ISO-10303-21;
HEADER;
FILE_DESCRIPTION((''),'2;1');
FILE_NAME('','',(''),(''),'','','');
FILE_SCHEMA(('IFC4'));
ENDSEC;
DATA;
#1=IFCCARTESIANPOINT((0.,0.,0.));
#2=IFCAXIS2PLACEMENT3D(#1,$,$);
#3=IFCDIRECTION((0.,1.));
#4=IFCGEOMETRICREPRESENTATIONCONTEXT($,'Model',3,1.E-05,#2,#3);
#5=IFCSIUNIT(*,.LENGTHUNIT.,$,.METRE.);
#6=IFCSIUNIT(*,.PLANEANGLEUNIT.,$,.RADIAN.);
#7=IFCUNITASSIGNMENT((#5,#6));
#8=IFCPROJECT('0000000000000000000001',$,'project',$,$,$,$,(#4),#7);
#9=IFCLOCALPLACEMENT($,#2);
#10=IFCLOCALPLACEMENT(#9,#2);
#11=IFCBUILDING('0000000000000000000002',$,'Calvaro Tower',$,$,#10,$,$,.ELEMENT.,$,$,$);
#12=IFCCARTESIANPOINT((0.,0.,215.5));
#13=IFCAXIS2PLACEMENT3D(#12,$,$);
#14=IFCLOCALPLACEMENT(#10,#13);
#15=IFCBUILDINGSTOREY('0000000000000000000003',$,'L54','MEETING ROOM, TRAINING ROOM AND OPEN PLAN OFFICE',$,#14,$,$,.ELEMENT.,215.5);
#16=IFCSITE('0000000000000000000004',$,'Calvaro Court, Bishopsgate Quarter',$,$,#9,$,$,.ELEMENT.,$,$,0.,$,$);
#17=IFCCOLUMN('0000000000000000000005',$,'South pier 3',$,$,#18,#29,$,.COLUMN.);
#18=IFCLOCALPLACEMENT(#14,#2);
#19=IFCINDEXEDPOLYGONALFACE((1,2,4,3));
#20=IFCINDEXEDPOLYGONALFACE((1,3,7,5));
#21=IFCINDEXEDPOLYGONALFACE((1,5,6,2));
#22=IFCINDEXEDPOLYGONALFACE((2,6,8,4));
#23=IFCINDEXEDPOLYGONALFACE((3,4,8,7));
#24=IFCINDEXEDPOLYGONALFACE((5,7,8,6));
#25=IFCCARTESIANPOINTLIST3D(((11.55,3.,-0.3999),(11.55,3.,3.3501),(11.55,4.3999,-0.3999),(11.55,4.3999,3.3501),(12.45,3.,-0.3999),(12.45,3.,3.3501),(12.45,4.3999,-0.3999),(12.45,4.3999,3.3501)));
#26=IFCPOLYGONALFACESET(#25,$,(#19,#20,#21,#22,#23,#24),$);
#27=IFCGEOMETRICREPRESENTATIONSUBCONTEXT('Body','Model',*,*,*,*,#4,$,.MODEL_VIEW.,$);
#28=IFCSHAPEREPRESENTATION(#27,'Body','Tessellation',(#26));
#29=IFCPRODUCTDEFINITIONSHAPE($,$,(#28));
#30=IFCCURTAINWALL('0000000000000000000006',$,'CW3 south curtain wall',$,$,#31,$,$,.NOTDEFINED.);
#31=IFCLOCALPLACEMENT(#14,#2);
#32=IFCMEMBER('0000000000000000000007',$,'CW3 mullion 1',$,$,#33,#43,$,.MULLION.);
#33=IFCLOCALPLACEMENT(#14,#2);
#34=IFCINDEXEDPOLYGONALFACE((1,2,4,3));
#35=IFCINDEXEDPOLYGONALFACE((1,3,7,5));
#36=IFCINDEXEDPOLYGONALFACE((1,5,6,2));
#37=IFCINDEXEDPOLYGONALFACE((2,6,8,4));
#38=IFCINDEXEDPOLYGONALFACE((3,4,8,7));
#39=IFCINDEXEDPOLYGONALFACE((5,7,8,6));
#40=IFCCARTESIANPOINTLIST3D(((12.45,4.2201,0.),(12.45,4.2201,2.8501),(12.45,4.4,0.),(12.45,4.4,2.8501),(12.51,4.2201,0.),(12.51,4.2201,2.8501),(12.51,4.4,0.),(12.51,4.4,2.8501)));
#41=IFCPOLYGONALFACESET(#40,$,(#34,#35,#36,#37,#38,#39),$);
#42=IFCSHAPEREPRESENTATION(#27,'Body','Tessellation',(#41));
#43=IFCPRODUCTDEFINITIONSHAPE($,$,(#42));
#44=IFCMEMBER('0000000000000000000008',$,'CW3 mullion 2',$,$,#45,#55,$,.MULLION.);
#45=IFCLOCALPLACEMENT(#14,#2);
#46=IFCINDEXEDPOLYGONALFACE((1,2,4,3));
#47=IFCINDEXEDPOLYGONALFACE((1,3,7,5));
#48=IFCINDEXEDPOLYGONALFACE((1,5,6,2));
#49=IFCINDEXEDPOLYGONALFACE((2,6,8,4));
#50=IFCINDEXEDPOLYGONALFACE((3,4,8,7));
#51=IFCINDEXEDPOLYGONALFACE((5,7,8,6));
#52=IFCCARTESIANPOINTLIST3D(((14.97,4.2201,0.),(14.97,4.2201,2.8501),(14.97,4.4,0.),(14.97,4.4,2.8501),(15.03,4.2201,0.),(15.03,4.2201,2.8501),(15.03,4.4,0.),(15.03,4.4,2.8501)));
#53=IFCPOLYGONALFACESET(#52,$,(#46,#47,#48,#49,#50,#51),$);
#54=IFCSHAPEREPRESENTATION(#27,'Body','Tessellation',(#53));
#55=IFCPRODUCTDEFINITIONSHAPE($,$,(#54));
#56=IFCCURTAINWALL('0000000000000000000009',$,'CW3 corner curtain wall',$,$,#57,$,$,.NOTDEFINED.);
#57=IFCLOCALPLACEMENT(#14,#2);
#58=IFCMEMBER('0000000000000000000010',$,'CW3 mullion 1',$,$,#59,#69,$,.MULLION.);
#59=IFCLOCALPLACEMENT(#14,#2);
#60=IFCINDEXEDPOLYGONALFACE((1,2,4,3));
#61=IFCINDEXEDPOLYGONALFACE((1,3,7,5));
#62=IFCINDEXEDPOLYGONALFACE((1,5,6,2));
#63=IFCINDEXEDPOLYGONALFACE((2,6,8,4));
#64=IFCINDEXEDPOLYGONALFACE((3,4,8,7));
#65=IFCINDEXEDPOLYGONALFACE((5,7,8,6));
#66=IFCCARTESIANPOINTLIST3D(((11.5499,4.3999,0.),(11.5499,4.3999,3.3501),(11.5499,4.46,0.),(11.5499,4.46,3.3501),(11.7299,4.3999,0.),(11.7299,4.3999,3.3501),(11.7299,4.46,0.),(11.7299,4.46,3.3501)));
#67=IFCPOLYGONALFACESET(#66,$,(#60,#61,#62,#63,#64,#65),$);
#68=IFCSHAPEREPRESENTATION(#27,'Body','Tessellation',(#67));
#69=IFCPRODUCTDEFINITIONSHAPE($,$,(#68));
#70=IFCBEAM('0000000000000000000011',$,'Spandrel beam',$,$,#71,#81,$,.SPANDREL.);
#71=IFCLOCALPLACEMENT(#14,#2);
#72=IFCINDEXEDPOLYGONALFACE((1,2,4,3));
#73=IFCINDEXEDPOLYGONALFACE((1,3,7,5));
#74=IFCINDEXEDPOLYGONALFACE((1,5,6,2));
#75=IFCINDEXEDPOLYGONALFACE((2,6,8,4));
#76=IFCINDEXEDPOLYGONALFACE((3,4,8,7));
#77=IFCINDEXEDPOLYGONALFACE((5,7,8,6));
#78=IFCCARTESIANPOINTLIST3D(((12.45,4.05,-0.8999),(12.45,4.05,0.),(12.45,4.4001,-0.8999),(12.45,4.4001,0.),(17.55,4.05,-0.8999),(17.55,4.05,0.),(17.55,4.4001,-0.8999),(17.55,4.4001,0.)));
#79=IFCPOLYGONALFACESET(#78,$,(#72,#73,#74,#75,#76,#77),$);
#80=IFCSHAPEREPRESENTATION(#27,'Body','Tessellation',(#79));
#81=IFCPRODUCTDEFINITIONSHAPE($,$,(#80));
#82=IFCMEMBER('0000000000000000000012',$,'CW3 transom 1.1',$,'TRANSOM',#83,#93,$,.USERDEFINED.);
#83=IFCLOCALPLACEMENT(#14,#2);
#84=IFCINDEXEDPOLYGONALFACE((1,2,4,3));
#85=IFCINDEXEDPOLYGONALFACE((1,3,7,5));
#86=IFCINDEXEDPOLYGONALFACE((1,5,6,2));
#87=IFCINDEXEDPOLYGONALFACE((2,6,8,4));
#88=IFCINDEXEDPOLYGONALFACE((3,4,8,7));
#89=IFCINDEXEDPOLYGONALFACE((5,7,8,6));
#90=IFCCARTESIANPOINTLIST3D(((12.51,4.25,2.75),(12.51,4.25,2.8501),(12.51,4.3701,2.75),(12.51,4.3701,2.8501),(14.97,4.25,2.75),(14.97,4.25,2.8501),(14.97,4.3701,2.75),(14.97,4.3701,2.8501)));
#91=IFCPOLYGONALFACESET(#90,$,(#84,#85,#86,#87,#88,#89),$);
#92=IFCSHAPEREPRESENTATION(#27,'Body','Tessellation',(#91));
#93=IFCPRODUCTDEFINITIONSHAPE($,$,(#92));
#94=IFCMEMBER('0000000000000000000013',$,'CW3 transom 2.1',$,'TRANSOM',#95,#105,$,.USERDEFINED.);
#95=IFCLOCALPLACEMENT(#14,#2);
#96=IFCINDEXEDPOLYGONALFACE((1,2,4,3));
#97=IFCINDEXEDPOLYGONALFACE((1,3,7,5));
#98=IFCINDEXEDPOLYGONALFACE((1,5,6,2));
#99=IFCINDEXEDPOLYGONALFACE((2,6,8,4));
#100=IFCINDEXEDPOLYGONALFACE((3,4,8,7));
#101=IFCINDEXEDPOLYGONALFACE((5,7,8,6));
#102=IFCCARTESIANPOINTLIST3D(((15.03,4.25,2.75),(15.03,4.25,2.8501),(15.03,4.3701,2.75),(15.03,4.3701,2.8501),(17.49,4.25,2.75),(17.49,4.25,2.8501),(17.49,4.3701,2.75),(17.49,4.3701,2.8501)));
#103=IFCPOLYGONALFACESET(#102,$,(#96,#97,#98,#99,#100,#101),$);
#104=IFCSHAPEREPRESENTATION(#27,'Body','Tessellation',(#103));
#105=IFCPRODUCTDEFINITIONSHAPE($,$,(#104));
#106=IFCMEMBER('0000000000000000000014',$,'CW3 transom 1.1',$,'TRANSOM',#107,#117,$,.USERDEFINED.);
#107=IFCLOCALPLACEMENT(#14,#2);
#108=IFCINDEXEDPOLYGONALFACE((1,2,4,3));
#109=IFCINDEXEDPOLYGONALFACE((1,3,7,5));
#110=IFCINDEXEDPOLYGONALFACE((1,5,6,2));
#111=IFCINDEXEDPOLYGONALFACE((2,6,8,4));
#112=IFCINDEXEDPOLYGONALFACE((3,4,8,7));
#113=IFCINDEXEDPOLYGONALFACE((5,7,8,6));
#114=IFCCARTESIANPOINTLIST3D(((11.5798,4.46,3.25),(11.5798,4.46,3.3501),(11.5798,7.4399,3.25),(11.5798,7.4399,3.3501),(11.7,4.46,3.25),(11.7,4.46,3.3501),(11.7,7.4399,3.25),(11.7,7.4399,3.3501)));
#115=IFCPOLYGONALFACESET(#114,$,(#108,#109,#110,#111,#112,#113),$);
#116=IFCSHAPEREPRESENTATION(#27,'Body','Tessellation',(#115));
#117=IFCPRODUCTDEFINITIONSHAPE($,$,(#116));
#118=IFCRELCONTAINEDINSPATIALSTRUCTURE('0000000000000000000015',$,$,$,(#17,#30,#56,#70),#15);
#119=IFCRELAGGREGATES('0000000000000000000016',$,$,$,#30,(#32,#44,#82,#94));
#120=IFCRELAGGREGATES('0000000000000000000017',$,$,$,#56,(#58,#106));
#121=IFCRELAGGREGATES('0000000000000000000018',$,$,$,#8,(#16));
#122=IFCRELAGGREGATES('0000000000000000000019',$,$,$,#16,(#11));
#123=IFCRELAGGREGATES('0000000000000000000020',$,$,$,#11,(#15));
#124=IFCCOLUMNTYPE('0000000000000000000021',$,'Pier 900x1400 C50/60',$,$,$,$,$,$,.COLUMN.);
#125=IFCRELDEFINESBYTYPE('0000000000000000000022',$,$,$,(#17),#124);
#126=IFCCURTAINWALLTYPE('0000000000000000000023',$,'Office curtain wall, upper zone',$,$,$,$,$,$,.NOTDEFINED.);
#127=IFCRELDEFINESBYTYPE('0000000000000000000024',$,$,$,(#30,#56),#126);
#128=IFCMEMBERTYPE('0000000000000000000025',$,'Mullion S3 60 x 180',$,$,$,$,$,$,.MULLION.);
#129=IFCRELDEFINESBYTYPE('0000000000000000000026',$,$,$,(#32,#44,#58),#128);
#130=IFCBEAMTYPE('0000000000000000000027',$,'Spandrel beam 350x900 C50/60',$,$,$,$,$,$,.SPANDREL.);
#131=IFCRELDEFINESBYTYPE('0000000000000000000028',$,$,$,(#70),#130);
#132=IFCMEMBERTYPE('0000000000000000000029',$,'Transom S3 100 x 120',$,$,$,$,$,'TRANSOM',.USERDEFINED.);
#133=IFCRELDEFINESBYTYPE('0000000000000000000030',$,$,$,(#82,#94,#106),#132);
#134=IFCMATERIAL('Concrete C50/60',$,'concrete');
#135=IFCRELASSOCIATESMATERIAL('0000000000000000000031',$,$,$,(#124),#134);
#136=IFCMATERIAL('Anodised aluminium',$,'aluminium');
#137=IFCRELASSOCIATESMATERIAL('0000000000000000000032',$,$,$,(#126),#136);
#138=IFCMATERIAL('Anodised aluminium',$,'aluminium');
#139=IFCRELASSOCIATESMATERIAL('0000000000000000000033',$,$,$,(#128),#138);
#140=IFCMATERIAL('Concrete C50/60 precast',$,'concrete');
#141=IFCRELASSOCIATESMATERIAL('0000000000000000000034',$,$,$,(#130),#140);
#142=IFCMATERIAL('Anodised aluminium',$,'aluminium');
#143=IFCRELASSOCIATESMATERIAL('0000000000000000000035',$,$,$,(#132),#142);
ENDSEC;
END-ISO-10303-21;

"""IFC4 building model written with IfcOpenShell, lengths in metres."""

from ifc_helpers import new_model, si_unit, direction, frame, origin, origin_2d, place, context, subcontext, project, spatial, rectangle, extrude, material, material_profile, profile_set, type_object, element, aggregate, save


model = new_model("IFC4")

# Units and contexts
model_context = context("Model", 3, precision=1e-05, world=origin(), true_north=direction((0.0, 1.0)))
body_context = subcontext(model_context, "Body", "Model", "MODEL_VIEW")
ifc_project = project(units=[si_unit("LENGTHUNIT", "METRE"), si_unit("PLANEANGLEUNIT", "RADIAN")], contexts=[model_context])

# Site, building, storey
site_placement = place(None, origin())
site = spatial("IfcSite", under=ifc_project, at=site_placement, Name="Calvaro Court, Bishopsgate Quarter", CompositionType="ELEMENT", RefElevation=0.0)
building_placement = place(site_placement, origin())
building = spatial("IfcBuilding", under=site, at=building_placement, Name="Calvaro Tower", CompositionType="ELEMENT")
storey_placement = place(building_placement, frame((0.0, 0.0, 215.5)))
storey = spatial("IfcBuildingStorey", under=building, at=storey_placement, Name="L54", Description="MEETING ROOM, TRAINING ROOM AND OPEN PLAN OFFICE", CompositionType="ELEMENT", Elevation=215.5)

# Column
ifc_material_1 = material(Name="Concrete C50/60", Category="concrete")
ifc_material_profile_1 = material_profile(ifc_material_1, rectangle(XDim=0.8999, YDim=1.3999, at=origin_2d()), Name="RC 900x1400")
ifc_profile_set_1 = profile_set([ifc_material_profile_1], Name="Concrete C50/60")
column_type = type_object("IfcColumnType", Name="Pier 900x1400 C50/60", PredefinedType="COLUMN", material=ifc_profile_set_1)
column_placement = place(storey_placement, frame((12.0, 3.7, -0.3999), z_axis=(0.0, 0.0, 1.0), x_axis=(1.0, 0.0, 0.0)))
element("IfcColumn", 1, at=column_placement, inside=storey, type_object=column_type, Name="South pier 3", PredefinedType="COLUMN", context=body_context, shape_type="SweptSolid", body=[
    extrude(rectangle(XDim=0.8999, YDim=1.3999, at=origin_2d()), origin(), (0.0, 0.0, 1.0), 3.75),
])

# Curtain wall, members
ifc_material_2 = material(Name="Anodised aluminium", Category="aluminium")
curtain_wall_type = type_object("IfcCurtainWallType", Name="Office curtain wall, upper zone", PredefinedType="NOTDEFINED", material=ifc_material_2)
curtain_wall_1_placement = place(storey_placement, origin())
curtain_wall_1 = element("IfcCurtainWall", 2, at=curtain_wall_1_placement, inside=storey, type_object=curtain_wall_type, Name="CW3 south curtain wall", PredefinedType="NOTDEFINED")
ifc_material_3 = material(Name="Anodised aluminium", Category="aluminium")
ifc_material_profile_2 = material_profile(ifc_material_3, rectangle(XDim=0.1799, YDim=0.0601, at=origin_2d()), Name="Mullion S3 60 x 180")
ifc_profile_set_2 = profile_set([ifc_material_profile_2], Name="Anodised aluminium")
member_type_1 = type_object("IfcMemberType", Name="Mullion S3 60 x 180", PredefinedType="MULLION", material=ifc_profile_set_2)
member_1_placement = place(storey_placement, frame((12.48, 4.3101, 0.0), z_axis=(0.0, 0.0, 1.0), x_axis=(0.0, 1.0, 0.0)))
member_1 = element("IfcMember", 3, at=member_1_placement, type_object=member_type_1, Name="CW3 mullion 1", PredefinedType="MULLION", context=body_context, shape_type="SweptSolid", body=[
    extrude(rectangle(XDim=0.1799, YDim=0.0601, at=origin_2d()), origin(), (0.0, 0.0, 1.0), 2.8501),
])
member_2_placement = place(storey_placement, frame((15.0, 4.3101, 0.0), z_axis=(0.0, 0.0, 1.0), x_axis=(0.0, 1.0, 0.0)))
member_2 = element("IfcMember", 4, at=member_2_placement, type_object=member_type_1, Name="CW3 mullion 2", PredefinedType="MULLION", context=body_context, shape_type="SweptSolid", body=[
    extrude(rectangle(XDim=0.1799, YDim=0.0601, at=origin_2d()), origin(), (0.0, 0.0, 1.0), 2.8501),
])

# Curtain wall, member
curtain_wall_2_placement = place(storey_placement, origin())
curtain_wall_2 = element("IfcCurtainWall", 5, at=curtain_wall_2_placement, inside=storey, type_object=curtain_wall_type, Name="CW3 corner curtain wall", PredefinedType="NOTDEFINED")
member_3_placement = place(storey_placement, frame((11.6399, 4.4299, 0.0), z_axis=(0.0, 0.0, 1.0), x_axis=(-1.0, 0.0, 0.0)))
member_3 = element("IfcMember", 6, at=member_3_placement, type_object=member_type_1, Name="CW3 mullion 1", PredefinedType="MULLION", context=body_context, shape_type="SweptSolid", body=[
    extrude(rectangle(XDim=0.1799, YDim=0.0601, at=origin_2d()), origin(), (0.0, 0.0, 1.0), 3.3501),
])

# Beam
ifc_material_4 = material(Name="Concrete C50/60 precast", Category="concrete")
ifc_material_profile_3 = material_profile(ifc_material_4, rectangle(XDim=0.3501, YDim=0.8999, at=origin_2d()), Name="RC 350x900")
ifc_profile_set_3 = profile_set([ifc_material_profile_3], Name="Concrete C50/60 precast")
beam_type = type_object("IfcBeamType", Name="Spandrel beam 350x900 C50/60", PredefinedType="SPANDREL", material=ifc_profile_set_3)
beam_placement = place(storey_placement, frame((12.45, 4.2251, -0.45), z_axis=(1.0, 0.0, 0.0), x_axis=(0.0, 1.0, 0.0)))
element("IfcBeam", 7, at=beam_placement, inside=storey, type_object=beam_type, Name="Spandrel beam", PredefinedType="SPANDREL", context=body_context, shape_type="SweptSolid", body=[
    extrude(rectangle(XDim=0.3501, YDim=0.8999, at=origin_2d()), origin(), (0.0, 0.0, 1.0), 5.1001),
])

# Members
ifc_material_5 = material(Name="Anodised aluminium", Category="aluminium")
ifc_material_profile_4 = material_profile(ifc_material_5, rectangle(XDim=0.1201, YDim=0.1001, at=origin_2d()), Name="Transom S3 100 x 120")
ifc_profile_set_4 = profile_set([ifc_material_profile_4], Name="Anodised aluminium")
member_type_2 = type_object("IfcMemberType", Name="Transom S3 100 x 120", ElementType="TRANSOM", PredefinedType="USERDEFINED", material=ifc_profile_set_4)
member_4_placement = place(storey_placement, frame((12.51, 4.3101, 2.8), z_axis=(1.0, 0.0, 0.0), x_axis=(0.0, 1.0, 0.0)))
member_4 = element("IfcMember", 8, at=member_4_placement, type_object=member_type_2, Name="CW3 transom 1.1", ObjectType="TRANSOM", PredefinedType="USERDEFINED", context=body_context, shape_type="SweptSolid", body=[
    extrude(rectangle(XDim=0.1201, YDim=0.1001, at=origin_2d()), origin(), (0.0, 0.0, 1.0), 2.46),
])
member_5_placement = place(storey_placement, frame((15.03, 4.3101, 2.8), z_axis=(1.0, 0.0, 0.0), x_axis=(0.0, 1.0, 0.0)))
member_5 = element("IfcMember", 9, at=member_5_placement, type_object=member_type_2, Name="CW3 transom 2.1", ObjectType="TRANSOM", PredefinedType="USERDEFINED", context=body_context, shape_type="SweptSolid", body=[
    extrude(rectangle(XDim=0.1201, YDim=0.1001, at=origin_2d()), origin(), (0.0, 0.0, 1.0), 2.46),
])
member_6_placement = place(storey_placement, frame((11.6399, 4.46, 3.3), z_axis=(0.0, 1.0, 0.0), x_axis=(-1.0, 0.0, 0.0)))
member_6 = element("IfcMember", 10, at=member_6_placement, type_object=member_type_2, Name="CW3 transom 1.1", ObjectType="TRANSOM", PredefinedType="USERDEFINED", context=body_context, shape_type="SweptSolid", body=[
    extrude(rectangle(XDim=0.1201, YDim=0.1001, at=origin_2d()), origin(), (0.0, 0.0, 1.0), 2.98),
])

aggregate(curtain_wall_1, [member_1, member_2, member_4, member_5])
aggregate(curtain_wall_2, [member_3, member_6])

save(model, "model.ifc")
